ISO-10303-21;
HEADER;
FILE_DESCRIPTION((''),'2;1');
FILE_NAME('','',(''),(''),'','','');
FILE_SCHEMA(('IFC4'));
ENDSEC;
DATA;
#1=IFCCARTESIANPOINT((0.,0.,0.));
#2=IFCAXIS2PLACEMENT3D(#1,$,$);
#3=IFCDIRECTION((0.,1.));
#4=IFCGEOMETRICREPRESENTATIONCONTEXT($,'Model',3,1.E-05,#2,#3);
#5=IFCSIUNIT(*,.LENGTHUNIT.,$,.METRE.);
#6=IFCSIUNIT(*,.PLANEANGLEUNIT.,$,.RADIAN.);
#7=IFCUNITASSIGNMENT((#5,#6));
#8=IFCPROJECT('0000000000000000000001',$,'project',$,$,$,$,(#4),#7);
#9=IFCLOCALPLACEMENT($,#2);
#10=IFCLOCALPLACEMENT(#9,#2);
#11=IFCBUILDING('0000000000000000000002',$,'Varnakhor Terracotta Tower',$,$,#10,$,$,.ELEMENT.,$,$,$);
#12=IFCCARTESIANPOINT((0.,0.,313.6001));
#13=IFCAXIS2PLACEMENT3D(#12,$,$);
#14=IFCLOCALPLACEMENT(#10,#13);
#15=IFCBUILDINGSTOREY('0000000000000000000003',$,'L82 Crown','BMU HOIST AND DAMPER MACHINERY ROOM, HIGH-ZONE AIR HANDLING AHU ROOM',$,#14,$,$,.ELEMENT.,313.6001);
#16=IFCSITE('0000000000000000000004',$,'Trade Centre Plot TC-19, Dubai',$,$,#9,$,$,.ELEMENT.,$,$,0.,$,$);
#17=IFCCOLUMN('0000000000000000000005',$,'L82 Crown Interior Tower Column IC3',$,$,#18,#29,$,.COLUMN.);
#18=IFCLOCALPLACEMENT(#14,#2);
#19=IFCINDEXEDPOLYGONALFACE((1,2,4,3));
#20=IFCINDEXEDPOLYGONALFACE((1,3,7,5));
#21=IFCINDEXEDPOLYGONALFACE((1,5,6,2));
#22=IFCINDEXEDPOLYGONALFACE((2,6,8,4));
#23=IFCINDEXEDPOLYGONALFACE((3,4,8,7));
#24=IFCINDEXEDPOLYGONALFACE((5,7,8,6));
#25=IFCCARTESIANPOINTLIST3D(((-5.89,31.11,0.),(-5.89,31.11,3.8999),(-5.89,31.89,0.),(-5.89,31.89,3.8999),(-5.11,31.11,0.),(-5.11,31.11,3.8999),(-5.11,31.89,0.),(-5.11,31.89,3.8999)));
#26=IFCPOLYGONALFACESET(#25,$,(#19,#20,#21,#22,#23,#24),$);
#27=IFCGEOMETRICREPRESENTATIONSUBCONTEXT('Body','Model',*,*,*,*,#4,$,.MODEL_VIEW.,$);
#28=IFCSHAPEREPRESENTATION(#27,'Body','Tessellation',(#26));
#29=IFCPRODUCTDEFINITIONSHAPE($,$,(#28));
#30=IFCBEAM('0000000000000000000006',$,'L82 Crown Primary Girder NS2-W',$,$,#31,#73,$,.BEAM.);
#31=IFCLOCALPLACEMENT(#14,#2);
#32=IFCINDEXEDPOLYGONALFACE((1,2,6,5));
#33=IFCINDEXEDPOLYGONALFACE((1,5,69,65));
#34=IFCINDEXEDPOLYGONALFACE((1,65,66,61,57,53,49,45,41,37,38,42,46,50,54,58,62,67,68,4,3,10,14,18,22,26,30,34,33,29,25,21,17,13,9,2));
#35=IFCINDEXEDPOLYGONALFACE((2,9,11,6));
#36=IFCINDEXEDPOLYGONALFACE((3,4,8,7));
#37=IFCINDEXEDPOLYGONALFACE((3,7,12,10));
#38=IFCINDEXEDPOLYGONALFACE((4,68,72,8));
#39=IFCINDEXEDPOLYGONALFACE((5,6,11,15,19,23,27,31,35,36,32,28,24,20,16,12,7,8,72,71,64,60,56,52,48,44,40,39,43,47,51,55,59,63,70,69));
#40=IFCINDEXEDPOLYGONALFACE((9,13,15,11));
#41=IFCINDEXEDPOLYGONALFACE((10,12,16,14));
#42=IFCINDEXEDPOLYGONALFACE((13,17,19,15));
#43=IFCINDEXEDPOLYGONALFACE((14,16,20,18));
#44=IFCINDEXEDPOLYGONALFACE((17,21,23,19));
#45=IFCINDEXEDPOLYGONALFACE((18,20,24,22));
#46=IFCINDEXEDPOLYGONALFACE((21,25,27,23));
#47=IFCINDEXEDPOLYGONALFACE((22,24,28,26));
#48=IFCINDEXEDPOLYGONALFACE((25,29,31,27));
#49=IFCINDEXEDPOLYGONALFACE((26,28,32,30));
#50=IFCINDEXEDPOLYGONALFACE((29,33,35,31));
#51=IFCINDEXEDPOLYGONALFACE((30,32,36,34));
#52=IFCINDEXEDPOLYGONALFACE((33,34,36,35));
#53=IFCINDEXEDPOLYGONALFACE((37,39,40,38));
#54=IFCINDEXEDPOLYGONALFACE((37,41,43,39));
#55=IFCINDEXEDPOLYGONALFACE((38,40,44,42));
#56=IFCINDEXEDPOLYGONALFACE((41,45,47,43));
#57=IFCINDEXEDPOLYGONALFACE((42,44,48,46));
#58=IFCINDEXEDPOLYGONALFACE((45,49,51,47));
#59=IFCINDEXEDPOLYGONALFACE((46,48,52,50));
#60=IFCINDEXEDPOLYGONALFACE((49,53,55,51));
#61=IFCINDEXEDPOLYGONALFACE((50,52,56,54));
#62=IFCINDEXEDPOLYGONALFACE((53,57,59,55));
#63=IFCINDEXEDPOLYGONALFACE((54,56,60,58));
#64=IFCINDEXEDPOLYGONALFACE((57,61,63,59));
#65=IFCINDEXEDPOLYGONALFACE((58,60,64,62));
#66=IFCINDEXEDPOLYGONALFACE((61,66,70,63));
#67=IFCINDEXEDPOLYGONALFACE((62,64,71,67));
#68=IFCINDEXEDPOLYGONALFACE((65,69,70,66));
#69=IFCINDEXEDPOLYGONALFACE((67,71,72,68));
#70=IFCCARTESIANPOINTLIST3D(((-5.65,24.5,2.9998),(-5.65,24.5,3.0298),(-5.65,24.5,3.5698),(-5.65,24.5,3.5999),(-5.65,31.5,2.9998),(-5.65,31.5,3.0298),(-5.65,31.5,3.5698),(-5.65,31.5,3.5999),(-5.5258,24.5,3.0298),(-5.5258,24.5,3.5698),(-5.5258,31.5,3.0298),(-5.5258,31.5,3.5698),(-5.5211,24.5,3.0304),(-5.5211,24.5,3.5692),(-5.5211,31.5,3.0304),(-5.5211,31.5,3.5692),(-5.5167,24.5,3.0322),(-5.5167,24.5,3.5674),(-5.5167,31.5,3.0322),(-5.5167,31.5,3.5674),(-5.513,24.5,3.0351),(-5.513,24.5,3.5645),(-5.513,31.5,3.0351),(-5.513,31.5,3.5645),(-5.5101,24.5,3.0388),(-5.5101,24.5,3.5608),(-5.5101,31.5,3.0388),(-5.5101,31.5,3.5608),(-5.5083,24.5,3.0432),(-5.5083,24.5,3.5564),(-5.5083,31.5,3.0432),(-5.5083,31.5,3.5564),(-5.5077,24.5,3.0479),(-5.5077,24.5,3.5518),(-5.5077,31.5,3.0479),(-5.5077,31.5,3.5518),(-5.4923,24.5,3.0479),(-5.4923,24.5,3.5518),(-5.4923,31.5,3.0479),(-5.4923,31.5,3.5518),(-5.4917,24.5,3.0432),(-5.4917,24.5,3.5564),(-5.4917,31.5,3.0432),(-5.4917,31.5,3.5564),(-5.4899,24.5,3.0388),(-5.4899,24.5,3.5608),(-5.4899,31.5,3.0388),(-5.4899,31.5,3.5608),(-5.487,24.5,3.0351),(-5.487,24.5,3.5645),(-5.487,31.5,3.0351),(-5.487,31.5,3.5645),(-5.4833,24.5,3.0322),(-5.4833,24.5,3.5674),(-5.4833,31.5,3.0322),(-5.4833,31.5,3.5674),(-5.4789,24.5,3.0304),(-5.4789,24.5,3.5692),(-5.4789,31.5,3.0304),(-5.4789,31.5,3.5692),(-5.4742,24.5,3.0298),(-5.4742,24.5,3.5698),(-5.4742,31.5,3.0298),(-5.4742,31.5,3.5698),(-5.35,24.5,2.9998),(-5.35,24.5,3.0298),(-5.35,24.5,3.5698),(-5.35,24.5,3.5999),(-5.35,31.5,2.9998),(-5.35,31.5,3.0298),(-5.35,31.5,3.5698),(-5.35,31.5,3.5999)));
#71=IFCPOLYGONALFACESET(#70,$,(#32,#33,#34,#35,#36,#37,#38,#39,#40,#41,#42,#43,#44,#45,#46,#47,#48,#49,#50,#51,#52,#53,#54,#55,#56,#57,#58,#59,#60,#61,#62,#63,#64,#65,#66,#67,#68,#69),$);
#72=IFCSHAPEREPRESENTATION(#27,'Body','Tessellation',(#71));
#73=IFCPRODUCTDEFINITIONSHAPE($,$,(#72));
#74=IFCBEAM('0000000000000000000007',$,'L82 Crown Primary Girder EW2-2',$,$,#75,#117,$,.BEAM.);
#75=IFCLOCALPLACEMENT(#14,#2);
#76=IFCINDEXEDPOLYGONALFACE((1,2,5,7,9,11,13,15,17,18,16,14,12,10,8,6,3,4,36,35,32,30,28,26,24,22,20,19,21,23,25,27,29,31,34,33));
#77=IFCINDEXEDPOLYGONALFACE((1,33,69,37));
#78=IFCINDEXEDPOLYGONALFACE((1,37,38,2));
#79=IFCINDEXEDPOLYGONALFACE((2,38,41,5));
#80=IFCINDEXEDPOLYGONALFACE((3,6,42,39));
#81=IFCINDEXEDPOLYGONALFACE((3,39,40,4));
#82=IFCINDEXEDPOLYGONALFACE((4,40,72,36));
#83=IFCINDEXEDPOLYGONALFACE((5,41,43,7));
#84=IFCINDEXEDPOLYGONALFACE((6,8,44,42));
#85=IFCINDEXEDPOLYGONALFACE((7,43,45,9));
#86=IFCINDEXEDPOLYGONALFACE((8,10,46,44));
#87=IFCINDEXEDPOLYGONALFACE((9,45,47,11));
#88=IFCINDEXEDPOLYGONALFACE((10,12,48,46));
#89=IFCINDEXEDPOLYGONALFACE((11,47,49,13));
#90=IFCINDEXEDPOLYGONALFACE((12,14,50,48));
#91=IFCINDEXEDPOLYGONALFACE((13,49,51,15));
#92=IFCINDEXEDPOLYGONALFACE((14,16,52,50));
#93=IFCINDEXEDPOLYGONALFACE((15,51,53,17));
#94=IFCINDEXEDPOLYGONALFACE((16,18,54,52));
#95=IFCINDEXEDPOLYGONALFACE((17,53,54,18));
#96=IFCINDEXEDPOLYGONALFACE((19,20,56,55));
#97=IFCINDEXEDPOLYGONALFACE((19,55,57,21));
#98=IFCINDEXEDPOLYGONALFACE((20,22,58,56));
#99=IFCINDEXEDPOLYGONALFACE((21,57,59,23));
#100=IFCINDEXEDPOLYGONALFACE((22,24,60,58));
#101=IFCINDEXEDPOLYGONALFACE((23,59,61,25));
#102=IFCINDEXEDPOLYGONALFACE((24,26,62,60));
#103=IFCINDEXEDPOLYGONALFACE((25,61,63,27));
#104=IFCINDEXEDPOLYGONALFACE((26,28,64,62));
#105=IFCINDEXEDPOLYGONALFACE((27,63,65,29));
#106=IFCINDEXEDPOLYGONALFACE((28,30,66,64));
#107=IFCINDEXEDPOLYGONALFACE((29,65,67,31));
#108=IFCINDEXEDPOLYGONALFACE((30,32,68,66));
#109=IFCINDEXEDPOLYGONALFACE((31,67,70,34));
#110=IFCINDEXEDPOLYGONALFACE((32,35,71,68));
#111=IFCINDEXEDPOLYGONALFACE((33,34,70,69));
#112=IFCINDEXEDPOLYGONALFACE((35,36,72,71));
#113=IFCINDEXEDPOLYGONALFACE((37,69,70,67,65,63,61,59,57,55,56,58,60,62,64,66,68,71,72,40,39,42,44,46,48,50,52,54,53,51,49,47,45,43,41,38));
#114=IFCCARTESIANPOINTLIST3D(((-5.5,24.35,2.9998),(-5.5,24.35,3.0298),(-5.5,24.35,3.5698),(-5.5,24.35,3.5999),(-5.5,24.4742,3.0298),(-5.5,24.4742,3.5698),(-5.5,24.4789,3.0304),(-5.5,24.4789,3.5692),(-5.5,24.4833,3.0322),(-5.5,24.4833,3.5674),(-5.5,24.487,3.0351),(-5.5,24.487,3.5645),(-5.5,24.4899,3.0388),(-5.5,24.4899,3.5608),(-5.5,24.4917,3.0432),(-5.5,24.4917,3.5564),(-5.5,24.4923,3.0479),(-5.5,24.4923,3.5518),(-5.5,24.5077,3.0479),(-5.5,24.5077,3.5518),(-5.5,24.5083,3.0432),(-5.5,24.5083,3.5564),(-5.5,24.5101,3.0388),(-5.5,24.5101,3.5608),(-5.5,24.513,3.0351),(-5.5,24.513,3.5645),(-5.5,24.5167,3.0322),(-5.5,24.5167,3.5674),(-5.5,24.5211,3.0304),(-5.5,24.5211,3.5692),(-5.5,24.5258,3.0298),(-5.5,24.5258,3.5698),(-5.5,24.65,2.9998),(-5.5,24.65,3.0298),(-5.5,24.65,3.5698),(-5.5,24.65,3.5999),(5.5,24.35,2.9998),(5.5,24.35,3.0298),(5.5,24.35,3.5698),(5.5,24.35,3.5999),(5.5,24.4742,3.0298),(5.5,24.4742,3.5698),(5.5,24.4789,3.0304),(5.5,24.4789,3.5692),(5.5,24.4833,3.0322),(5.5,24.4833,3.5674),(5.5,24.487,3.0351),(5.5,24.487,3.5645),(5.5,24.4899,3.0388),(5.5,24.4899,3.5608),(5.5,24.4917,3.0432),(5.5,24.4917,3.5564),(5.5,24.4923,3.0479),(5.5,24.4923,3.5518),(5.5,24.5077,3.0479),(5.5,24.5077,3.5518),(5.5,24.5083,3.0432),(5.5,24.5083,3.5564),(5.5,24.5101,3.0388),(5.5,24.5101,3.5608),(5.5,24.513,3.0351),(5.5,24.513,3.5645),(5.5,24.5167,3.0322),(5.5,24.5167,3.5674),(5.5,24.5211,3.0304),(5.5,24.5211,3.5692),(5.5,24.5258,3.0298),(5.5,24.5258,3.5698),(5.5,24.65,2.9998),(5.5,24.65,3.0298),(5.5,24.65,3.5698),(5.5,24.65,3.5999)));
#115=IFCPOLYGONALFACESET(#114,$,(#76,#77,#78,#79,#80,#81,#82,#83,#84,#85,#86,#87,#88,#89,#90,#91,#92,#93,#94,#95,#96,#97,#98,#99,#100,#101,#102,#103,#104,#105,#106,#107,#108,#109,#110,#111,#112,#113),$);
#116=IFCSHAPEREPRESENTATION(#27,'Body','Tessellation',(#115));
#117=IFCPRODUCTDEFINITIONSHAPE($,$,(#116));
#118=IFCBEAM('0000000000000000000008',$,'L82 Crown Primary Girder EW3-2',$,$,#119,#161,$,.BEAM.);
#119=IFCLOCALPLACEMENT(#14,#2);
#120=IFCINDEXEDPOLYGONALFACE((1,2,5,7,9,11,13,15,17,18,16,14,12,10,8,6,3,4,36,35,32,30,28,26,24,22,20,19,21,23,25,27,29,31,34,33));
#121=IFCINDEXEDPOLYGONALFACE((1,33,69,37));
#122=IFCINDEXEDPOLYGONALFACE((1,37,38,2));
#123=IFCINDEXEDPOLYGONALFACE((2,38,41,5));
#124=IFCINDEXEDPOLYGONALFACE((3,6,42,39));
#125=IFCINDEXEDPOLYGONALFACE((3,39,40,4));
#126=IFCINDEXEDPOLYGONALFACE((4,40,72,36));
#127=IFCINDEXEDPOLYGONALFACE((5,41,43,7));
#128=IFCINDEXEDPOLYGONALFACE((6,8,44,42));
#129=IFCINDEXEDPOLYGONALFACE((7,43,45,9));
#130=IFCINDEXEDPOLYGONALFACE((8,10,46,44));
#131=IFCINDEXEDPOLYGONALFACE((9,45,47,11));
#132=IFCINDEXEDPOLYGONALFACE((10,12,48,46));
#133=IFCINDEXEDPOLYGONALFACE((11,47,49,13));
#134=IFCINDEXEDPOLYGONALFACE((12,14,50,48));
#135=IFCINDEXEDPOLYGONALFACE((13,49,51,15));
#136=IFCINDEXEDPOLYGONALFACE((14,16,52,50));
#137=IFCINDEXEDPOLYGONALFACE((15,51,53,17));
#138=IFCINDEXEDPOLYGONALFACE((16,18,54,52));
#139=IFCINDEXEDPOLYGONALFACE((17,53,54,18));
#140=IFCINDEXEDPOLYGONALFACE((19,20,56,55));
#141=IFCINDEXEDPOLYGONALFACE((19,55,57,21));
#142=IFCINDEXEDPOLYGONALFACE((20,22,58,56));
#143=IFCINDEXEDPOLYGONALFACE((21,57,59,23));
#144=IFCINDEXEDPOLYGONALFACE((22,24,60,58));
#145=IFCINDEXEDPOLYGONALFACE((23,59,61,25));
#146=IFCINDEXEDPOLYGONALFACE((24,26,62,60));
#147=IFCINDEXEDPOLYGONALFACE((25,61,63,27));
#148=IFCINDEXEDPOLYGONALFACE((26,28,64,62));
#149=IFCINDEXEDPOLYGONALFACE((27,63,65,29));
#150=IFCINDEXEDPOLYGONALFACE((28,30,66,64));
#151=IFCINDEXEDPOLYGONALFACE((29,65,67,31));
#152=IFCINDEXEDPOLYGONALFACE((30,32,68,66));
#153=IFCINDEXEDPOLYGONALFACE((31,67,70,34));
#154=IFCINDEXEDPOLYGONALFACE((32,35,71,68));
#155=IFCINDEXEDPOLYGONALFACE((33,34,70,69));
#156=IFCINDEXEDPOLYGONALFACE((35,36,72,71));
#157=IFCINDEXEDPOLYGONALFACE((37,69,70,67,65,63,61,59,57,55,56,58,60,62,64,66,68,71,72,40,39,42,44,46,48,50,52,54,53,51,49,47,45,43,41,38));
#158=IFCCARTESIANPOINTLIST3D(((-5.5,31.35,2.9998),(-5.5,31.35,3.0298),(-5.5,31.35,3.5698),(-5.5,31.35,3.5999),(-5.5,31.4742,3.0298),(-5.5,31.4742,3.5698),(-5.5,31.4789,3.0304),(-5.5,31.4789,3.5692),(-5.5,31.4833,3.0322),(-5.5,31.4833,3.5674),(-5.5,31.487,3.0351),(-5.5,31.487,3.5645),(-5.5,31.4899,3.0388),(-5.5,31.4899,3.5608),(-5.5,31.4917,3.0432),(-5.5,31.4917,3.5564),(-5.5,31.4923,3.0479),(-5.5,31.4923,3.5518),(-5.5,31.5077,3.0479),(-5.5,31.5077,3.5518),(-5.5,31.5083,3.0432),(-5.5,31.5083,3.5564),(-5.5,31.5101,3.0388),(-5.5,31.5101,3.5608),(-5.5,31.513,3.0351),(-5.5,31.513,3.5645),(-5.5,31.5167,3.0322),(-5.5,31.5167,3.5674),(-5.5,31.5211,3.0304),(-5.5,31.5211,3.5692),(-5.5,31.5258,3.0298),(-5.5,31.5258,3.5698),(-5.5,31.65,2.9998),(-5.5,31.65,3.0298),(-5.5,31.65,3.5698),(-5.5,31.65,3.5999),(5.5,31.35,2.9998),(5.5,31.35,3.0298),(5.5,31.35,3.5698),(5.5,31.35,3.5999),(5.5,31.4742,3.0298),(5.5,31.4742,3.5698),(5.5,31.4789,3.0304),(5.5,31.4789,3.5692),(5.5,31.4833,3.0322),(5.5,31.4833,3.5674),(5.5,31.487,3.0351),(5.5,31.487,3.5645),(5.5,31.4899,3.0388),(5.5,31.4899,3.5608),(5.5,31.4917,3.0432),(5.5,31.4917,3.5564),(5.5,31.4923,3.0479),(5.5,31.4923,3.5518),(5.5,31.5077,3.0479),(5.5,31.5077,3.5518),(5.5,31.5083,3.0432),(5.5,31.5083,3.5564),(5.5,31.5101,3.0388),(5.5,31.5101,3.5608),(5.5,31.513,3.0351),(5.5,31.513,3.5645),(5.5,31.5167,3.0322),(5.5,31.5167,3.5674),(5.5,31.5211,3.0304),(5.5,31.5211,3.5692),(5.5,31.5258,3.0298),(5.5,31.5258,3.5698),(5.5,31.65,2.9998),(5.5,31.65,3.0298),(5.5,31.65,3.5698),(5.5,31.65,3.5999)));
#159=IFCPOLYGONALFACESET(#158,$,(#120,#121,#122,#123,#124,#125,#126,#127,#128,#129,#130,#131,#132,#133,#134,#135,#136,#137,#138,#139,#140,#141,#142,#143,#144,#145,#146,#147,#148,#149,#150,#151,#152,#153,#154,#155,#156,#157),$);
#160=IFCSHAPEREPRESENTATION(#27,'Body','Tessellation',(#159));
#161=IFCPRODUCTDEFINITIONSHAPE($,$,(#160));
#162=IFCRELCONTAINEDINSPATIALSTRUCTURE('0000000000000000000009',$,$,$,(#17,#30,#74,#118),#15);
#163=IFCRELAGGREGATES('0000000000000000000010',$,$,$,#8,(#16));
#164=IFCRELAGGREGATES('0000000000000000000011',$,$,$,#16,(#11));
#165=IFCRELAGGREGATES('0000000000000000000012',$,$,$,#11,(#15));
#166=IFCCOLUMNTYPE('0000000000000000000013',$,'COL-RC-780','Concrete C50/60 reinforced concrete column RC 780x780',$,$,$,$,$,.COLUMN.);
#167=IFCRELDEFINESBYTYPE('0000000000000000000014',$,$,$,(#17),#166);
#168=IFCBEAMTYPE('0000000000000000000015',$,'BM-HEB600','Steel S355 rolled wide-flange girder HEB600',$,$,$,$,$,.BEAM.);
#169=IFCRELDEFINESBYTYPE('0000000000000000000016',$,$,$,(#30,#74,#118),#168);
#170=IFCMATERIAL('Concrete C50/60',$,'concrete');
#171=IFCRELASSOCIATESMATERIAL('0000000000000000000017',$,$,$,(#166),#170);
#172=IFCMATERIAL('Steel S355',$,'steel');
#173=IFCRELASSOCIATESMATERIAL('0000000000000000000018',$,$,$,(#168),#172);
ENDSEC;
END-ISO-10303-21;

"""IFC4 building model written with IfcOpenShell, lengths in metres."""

from ifc_helpers import new_model, si_unit, direction, frame, origin, origin_2d, place, context, subcontext, project, spatial, rectangle, i_section, extrude, source, transform, mapped, material, material_profile, profile_set, type_object, element, save


model = new_model("IFC4")

# Units and contexts
model_context = context("Model", 3, precision=1e-05, world=origin(), true_north=direction((0.0, 1.0)))
body_context = subcontext(model_context, "Body", "Model", "MODEL_VIEW")
ifc_project = project(units=[si_unit("LENGTHUNIT", "METRE"), si_unit("PLANEANGLEUNIT", "RADIAN")], contexts=[model_context])

# Site, building, storey
site_placement = place(None, origin())
site = spatial("IfcSite", under=ifc_project, at=site_placement, Name="Trade Centre Plot TC-19, Dubai", CompositionType="ELEMENT", RefElevation=0.0)
building_placement = place(site_placement, origin())
building = spatial("IfcBuilding", under=site, at=building_placement, Name="Varnakhor Terracotta Tower", CompositionType="ELEMENT")
storey_placement = place(building_placement, frame((0.0, 0.0, 313.6001)))
storey = spatial("IfcBuildingStorey", under=building, at=storey_placement, Name="L82 Crown", Description="BMU HOIST AND DAMPER MACHINERY ROOM, HIGH-ZONE AIR HANDLING AHU ROOM", CompositionType="ELEMENT", Elevation=313.6001)

# Column
ifc_material_1 = material(Name="Concrete C50/60", Category="concrete")
ifc_material_profile_1 = material_profile(ifc_material_1, rectangle(XDim=0.78, YDim=0.78, at=origin_2d()), Name="RC 780x780")
ifc_profile_set_1 = profile_set([ifc_material_profile_1], Name="Concrete C50/60")
column_type = type_object("IfcColumnType", Name="COL-RC-780", Description="Concrete C50/60 reinforced concrete column RC 780x780", PredefinedType="COLUMN", material=ifc_profile_set_1)
shared_shape_1 = source(origin(), body_context, "Body", "SweptSolid", [
    extrude(rectangle(XDim=0.78, YDim=0.78, at=origin_2d()), origin(), (0.0, 0.0, 1.0), 3.8999),
])
column_placement = place(storey_placement, frame((-5.5, 31.5, 0.0), z_axis=(0.0, 0.0, 1.0), x_axis=(1.0, 0.0, 0.0)))
element("IfcColumn", 1, at=column_placement, inside=storey, type_object=column_type, Name="L82 Crown Interior Tower Column IC3", PredefinedType="COLUMN", context=body_context, shape_type="MappedRepresentation", body=[
    mapped(shared_shape_1, transform((0.0, 0.0, 0.0), scale=1.0)),
])

# Beams
ifc_material_2 = material(Name="Steel S355", Category="steel")
ifc_material_profile_2 = material_profile(ifc_material_2, i_section(OverallWidth=0.3, OverallDepth=0.6001, WebThickness=0.0154, FlangeThickness=0.03, FilletRadius=0.0181, at=origin_2d()), Name="HEB600")
ifc_profile_set_2 = profile_set([ifc_material_profile_2], Name="Steel S355")
beam_type_1 = type_object("IfcBeamType", Name="BM-HEB600", Description="Steel S355 rolled wide-flange girder HEB600", PredefinedType="BEAM", material=ifc_profile_set_2)
shared_shape_2 = source(origin(), body_context, "Body", "SweptSolid", [
    extrude(i_section(OverallWidth=0.3, OverallDepth=0.6001, WebThickness=0.0154, FlangeThickness=0.03, FilletRadius=0.0181, at=origin_2d()), origin(), (0.0, 0.0, 1.0), 7.0),
])
beam_1_placement = place(storey_placement, frame((-5.5, 24.5, 3.2998), z_axis=(0.0, 1.0, 0.0), x_axis=(-1.0, 0.0, 0.0)))
element("IfcBeam", 2, at=beam_1_placement, inside=storey, type_object=beam_type_1, Name="L82 Crown Primary Girder NS2-W", PredefinedType="BEAM", context=body_context, shape_type="MappedRepresentation", body=[
    mapped(shared_shape_2, transform((0.0, 0.0, 0.0), scale=1.0)),
])
shared_shape_3 = source(origin(), body_context, "Body", "SweptSolid", [
    extrude(i_section(OverallWidth=0.3, OverallDepth=0.6001, WebThickness=0.0154, FlangeThickness=0.03, FilletRadius=0.0181, at=origin_2d()), origin(), (0.0, 0.0, 1.0), 11.0),
])
for number, where, z_axis, x_axis, name in (
    (3, (-5.5, 24.5, 3.2998), (1.0, 0.0, 0.0), (0.0, 1.0, 0.0), "L82 Crown Primary Girder EW2-2"),
    (4, (-5.5, 31.5, 3.2998), (1.0, 0.0, 0.0), (0.0, 1.0, 0.0), "L82 Crown Primary Girder EW3-2"),
):
    element("IfcBeam", number, at=place(storey_placement, frame(where, z_axis=z_axis, x_axis=x_axis)), inside=storey, type_object=beam_type_1, Name=name, PredefinedType="BEAM", context=body_context, shape_type="MappedRepresentation", body=[
        mapped(shared_shape_3, transform((0.0, 0.0, 0.0), scale=1.0)),
    ])

save(model, "model.ifc")
